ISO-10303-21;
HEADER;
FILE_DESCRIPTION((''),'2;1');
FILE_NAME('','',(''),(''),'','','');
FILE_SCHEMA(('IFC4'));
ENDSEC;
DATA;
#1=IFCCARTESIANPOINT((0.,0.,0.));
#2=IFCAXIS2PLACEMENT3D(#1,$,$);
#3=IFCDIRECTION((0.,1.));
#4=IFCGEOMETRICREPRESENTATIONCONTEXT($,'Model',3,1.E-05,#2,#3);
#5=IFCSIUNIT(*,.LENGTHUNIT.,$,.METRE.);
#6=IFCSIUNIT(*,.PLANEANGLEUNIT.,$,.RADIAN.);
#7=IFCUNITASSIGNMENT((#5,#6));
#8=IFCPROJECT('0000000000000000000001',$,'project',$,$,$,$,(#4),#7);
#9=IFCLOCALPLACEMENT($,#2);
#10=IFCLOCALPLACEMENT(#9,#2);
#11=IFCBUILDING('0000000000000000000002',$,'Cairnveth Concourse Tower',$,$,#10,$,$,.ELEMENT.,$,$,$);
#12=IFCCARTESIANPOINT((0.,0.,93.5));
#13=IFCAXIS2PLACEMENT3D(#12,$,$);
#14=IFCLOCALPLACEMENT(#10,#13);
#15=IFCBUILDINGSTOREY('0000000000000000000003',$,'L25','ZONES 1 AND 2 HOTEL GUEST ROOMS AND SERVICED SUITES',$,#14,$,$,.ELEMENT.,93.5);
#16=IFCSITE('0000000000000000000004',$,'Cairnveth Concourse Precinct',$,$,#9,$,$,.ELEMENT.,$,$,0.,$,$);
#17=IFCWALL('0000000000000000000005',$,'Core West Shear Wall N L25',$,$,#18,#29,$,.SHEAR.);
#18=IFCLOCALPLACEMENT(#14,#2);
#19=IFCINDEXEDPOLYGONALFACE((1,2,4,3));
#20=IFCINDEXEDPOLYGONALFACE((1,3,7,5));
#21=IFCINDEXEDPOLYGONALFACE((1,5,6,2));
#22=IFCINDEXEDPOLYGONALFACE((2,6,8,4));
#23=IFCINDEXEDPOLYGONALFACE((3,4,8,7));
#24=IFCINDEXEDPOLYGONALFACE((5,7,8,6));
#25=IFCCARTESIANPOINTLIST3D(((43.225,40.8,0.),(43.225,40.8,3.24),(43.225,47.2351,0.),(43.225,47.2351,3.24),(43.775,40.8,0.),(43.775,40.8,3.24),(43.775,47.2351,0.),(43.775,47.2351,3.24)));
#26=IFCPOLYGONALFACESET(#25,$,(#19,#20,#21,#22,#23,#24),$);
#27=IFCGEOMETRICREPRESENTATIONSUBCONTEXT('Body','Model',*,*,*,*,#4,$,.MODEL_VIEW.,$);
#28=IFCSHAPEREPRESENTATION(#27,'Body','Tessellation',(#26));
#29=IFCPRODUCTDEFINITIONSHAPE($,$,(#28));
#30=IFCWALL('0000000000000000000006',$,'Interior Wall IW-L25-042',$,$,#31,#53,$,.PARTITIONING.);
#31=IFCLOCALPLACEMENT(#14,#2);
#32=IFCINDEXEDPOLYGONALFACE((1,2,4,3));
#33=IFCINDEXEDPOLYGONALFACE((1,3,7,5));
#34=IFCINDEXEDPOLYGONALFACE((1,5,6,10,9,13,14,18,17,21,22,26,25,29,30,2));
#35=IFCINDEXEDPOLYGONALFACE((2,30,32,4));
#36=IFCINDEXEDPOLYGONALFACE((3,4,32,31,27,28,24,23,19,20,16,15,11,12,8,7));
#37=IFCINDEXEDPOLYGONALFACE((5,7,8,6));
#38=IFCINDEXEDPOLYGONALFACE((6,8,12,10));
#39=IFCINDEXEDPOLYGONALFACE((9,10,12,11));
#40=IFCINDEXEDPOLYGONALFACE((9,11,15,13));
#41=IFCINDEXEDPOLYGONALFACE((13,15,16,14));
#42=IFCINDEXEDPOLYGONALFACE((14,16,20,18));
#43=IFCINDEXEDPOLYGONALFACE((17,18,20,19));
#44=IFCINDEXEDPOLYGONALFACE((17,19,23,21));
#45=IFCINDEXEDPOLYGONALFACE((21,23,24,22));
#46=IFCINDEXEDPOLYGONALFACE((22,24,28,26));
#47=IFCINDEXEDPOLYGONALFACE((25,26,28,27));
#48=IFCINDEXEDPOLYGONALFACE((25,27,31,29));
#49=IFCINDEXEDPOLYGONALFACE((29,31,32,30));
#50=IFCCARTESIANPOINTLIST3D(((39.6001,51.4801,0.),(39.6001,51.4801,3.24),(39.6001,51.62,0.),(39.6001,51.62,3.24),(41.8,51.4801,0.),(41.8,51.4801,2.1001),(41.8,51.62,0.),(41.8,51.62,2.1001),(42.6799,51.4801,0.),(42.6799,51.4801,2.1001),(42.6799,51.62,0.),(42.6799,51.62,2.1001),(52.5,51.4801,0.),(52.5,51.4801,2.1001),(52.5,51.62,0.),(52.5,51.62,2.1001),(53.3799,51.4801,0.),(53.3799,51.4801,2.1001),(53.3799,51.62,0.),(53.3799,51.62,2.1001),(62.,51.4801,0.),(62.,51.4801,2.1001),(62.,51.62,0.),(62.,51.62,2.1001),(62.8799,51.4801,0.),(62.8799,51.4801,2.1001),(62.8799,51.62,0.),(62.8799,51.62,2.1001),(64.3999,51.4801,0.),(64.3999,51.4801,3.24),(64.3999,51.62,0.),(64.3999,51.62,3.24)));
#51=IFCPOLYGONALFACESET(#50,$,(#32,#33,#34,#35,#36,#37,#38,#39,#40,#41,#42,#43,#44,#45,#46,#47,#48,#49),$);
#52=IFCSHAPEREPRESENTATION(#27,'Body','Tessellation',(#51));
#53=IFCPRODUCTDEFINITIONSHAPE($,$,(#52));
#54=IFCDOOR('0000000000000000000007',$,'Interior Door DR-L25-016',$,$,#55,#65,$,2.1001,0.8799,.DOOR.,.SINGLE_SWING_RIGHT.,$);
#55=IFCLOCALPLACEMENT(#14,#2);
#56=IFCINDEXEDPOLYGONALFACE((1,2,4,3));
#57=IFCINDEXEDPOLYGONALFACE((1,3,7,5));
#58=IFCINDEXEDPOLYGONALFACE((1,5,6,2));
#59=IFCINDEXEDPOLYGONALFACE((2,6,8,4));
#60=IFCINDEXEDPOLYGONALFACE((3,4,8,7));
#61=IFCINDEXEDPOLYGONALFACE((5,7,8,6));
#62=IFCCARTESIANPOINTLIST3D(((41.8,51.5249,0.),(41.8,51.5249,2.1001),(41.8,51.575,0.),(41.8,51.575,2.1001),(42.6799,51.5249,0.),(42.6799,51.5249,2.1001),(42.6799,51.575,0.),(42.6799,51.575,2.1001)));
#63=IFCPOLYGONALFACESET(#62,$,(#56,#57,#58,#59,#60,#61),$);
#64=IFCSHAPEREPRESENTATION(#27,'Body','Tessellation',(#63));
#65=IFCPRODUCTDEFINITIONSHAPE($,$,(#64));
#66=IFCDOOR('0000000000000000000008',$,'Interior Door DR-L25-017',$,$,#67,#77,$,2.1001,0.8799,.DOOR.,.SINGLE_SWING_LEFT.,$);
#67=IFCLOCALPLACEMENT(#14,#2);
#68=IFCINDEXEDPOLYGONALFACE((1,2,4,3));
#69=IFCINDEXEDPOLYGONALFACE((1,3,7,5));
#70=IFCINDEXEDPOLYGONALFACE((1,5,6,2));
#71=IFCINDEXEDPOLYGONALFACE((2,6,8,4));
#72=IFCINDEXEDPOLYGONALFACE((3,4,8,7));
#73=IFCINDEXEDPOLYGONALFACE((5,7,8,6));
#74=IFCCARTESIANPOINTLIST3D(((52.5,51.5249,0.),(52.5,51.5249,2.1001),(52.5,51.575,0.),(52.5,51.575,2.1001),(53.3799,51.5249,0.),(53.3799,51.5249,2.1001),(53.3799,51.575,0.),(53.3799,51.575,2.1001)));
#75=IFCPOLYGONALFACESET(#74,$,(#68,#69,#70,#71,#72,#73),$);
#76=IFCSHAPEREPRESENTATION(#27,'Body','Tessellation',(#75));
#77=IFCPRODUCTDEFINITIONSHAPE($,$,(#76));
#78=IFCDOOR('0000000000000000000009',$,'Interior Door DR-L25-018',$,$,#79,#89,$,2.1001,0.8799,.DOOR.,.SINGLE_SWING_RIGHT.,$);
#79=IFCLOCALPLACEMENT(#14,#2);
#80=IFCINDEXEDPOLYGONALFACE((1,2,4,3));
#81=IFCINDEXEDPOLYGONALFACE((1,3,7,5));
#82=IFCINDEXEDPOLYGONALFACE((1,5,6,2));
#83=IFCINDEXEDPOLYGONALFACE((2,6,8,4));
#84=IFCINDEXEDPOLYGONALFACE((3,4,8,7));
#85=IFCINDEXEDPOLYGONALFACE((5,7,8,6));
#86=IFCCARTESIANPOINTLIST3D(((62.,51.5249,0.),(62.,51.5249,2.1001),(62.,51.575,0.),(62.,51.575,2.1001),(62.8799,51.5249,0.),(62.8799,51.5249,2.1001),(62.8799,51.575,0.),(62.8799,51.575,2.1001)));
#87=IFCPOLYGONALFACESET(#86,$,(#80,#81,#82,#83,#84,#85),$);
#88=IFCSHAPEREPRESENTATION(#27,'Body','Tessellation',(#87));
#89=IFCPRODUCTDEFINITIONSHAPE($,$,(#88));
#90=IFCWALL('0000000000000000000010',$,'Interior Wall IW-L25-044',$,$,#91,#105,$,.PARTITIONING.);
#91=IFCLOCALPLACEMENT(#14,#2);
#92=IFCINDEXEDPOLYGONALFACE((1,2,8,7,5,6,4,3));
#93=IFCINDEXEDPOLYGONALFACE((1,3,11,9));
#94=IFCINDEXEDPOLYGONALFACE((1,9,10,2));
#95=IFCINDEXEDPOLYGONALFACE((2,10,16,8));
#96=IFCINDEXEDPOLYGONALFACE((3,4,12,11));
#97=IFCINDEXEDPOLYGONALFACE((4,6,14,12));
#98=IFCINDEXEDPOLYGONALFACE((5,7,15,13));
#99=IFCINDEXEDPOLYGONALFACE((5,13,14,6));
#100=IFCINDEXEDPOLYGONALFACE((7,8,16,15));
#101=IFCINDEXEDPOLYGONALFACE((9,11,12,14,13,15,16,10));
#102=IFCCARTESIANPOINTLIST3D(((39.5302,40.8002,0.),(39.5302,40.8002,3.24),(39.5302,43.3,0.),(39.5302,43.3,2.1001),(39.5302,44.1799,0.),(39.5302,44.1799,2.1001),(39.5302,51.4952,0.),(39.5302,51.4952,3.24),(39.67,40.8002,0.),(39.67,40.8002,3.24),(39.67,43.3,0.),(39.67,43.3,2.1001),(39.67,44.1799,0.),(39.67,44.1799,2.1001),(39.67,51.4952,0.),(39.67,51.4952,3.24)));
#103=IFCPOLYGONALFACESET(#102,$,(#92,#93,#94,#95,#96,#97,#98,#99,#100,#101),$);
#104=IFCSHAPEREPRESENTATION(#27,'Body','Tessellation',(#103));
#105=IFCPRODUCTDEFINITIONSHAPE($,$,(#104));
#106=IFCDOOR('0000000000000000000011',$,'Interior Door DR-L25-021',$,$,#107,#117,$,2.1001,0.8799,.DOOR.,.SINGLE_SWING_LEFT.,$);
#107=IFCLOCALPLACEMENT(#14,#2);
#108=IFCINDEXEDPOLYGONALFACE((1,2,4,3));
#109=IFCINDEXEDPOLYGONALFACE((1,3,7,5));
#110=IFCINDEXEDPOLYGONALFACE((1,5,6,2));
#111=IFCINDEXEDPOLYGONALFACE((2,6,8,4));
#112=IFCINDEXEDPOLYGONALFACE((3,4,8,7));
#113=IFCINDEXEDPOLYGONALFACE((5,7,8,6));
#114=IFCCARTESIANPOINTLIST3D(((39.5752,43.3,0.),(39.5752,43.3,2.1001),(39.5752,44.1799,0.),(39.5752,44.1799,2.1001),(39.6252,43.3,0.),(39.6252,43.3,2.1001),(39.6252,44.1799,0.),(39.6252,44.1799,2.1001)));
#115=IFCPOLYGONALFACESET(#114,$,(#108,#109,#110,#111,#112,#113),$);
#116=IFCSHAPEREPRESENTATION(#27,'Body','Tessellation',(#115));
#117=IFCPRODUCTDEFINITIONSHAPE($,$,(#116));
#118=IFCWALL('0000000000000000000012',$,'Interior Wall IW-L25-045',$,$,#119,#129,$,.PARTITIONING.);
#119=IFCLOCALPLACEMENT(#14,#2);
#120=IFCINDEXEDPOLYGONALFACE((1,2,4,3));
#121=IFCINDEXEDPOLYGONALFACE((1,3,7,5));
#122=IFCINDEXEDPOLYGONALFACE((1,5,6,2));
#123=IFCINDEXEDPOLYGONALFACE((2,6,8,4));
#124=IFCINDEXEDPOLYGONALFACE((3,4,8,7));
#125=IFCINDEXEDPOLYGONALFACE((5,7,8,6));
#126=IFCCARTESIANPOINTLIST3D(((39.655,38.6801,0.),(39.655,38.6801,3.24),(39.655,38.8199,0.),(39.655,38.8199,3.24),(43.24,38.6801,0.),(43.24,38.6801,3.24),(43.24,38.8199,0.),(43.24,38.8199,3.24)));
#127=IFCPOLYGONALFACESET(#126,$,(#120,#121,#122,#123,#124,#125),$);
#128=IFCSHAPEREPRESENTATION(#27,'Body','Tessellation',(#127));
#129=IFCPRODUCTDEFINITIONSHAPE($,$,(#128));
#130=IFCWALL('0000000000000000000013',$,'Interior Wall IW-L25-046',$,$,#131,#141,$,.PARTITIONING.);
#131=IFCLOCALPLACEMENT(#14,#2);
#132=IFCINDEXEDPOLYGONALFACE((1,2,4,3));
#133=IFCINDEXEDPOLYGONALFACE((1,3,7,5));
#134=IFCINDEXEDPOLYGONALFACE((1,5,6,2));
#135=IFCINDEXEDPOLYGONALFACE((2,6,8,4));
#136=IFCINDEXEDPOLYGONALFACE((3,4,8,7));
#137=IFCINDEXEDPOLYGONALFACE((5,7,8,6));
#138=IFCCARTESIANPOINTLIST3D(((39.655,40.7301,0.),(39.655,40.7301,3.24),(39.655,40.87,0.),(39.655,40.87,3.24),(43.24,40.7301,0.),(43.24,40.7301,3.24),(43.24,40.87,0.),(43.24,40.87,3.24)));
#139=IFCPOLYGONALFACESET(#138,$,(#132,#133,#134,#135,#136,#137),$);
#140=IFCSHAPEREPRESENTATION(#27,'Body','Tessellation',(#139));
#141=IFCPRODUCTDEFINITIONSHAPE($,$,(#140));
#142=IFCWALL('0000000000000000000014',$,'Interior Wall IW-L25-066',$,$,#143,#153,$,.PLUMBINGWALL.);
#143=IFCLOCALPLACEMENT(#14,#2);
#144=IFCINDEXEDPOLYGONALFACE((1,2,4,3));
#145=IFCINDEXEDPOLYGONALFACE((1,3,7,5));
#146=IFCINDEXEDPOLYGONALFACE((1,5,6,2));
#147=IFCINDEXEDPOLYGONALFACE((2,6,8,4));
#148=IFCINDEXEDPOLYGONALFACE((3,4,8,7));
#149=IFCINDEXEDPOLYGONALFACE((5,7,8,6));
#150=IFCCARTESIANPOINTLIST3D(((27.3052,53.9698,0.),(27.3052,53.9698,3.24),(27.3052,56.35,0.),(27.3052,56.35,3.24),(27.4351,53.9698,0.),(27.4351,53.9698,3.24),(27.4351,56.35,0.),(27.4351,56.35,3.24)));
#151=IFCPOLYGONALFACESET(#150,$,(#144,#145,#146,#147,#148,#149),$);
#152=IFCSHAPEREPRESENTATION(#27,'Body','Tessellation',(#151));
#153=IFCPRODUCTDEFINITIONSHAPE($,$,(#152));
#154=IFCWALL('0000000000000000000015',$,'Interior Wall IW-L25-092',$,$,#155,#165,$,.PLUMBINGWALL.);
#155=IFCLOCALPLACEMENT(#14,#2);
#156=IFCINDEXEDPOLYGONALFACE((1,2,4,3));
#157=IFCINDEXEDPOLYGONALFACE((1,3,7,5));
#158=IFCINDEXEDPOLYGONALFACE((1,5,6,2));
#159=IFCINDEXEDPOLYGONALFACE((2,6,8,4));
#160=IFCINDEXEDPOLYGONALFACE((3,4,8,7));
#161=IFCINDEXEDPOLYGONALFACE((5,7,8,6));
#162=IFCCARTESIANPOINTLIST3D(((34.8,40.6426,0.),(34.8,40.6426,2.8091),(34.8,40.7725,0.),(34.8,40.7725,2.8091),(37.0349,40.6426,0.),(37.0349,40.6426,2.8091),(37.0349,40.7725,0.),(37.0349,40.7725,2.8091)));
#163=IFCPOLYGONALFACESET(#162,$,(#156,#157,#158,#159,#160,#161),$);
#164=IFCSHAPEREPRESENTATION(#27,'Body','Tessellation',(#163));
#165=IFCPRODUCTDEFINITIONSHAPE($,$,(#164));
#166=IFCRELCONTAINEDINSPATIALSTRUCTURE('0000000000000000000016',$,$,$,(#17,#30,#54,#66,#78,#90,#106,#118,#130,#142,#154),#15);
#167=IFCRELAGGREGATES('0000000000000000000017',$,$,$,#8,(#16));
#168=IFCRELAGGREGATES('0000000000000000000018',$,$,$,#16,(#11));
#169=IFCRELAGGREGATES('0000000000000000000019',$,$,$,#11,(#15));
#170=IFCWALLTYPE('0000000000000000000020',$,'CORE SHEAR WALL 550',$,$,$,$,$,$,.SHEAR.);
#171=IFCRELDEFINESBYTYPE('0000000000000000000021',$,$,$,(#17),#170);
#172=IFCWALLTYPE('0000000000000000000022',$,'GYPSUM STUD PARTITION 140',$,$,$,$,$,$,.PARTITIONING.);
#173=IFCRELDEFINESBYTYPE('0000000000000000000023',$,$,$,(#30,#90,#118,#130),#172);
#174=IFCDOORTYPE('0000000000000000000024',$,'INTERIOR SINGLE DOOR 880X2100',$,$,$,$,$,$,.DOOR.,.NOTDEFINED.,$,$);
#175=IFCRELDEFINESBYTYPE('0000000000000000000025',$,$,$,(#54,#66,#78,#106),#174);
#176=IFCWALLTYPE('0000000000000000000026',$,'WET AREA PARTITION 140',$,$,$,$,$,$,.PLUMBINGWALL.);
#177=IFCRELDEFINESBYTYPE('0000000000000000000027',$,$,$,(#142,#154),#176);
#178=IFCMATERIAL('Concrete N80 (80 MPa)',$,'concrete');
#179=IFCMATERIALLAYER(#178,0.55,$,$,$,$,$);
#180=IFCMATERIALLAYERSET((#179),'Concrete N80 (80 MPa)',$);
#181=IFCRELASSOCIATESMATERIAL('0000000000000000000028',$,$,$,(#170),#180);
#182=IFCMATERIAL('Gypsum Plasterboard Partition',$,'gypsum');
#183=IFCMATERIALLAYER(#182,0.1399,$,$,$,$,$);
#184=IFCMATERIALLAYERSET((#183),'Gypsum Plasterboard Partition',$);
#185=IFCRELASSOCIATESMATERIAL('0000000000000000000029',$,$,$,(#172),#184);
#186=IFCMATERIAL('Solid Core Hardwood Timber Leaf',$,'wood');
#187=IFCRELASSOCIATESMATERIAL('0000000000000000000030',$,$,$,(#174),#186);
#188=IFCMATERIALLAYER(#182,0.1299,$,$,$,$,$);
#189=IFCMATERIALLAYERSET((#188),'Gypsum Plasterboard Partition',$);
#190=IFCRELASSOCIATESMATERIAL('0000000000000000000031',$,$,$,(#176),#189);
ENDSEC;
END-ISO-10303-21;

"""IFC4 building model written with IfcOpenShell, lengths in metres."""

from ifc_helpers import new_model, si_unit, direction, frame, frame_2d, origin, place, context, subcontext, project, spatial, rectangle, extrude, material, layer, layer_set, type_object, element, fill, save


model = new_model("IFC4")

# Units and contexts
model_context = context("Model", 3, precision=1e-05, world=origin(), true_north=direction((0.0, 1.0)))
body_context = subcontext(model_context, "Body", "Model", "MODEL_VIEW")
ifc_project = project(units=[si_unit("LENGTHUNIT", "METRE"), si_unit("PLANEANGLEUNIT", "RADIAN")], contexts=[model_context])

# Site, building, storey
site_placement = place(None, origin())
site = spatial("IfcSite", under=ifc_project, at=site_placement, Name="Cairnveth Concourse Precinct", CompositionType="ELEMENT", RefElevation=0.0)
building_placement = place(site_placement, origin())
building = spatial("IfcBuilding", under=site, at=building_placement, Name="Cairnveth Concourse Tower", CompositionType="ELEMENT")
storey_placement = place(building_placement, frame((0.0, 0.0, 93.5)))
storey = spatial("IfcBuildingStorey", under=building, at=storey_placement, Name="L25", Description="ZONES 1 AND 2 HOTEL GUEST ROOMS AND SERVICED SUITES", CompositionType="ELEMENT", Elevation=93.5)

# Shared definitions
ifc_material_1 = material(Name="Concrete N80 (80 MPa)", Category="concrete")

# Wall
ifc_material_2 = material(Name="Gypsum Plasterboard Partition", Category="gypsum")
ifc_layer_1 = layer(ifc_material_1, 0.55)
ifc_layer_set_1 = layer_set([ifc_layer_1], Name="Concrete N80 (80 MPa)")
wall_type_1 = type_object("IfcWallType", Name="CORE SHEAR WALL 550", PredefinedType="SHEAR", material=ifc_layer_set_1)
wall_1_placement = place(storey_placement, frame((43.5, 40.8, 0.0), z_axis=(0.0, 0.0, 1.0), x_axis=(0.0, 1.0, 0.0)))
element("IfcWall", 1, at=wall_1_placement, inside=storey, type_object=wall_type_1, Name="Core West Shear Wall N L25", PredefinedType="SHEAR", context=body_context, shape_type="SweptSolid", body=[
    extrude(rectangle(XDim=6.4351, YDim=0.55, at=frame_2d((3.2175, 0.0))), origin(), (0.0, 0.0, 1.0), 3.24),
])

# Wall, openings, doors
ifc_layer_2 = layer(ifc_material_2, 0.1399)
ifc_layer_set_2 = layer_set([ifc_layer_2], Name="Gypsum Plasterboard Partition")
wall_type_2 = type_object("IfcWallType", Name="GYPSUM STUD PARTITION 140", PredefinedType="PARTITIONING", material=ifc_layer_set_2)
wall_2_placement = place(storey_placement, frame((39.6001, 51.55, 0.0), z_axis=(0.0, 0.0, 1.0), x_axis=(1.0, 0.0, 0.0)))
wall_2 = element("IfcWall", 2, at=wall_2_placement, inside=storey, type_object=wall_type_2, Name="Interior Wall IW-L25-042", PredefinedType="PARTITIONING", context=body_context, shape_type="SweptSolid", body=[
    extrude(rectangle(XDim=24.7998, YDim=0.1399, at=frame_2d((12.3999, 0.0))), origin(), (0.0, 0.0, 1.0), 3.24),
])
opening_1_placement = place(wall_2_placement, frame((2.2, 0.0, 0.0)))
opening_1 = element("IfcOpeningElement", 3, at=opening_1_placement, cuts=wall_2, PredefinedType="OPENING", context=body_context, shape_type="SweptSolid", body=[
    extrude(rectangle(XDim=0.8799, YDim=2.1001, at=frame_2d((0.4399, 1.05))), frame((0.0, 0.0798, 0.0), z_axis=(0.0, -1.0, 0.0), x_axis=(1.0, 0.0, 0.0)), (0.0, 0.0, 1.0), 0.1599),
])
opening_2_placement = place(wall_2_placement, frame((12.8999, 0.0, 0.0)))
opening_2 = element("IfcOpeningElement", 4, at=opening_2_placement, cuts=wall_2, PredefinedType="OPENING", context=body_context, shape_type="SweptSolid", body=[
    extrude(rectangle(XDim=0.8799, YDim=2.1001, at=frame_2d((0.4399, 1.05))), frame((0.0, 0.0798, 0.0), z_axis=(0.0, -1.0, 0.0), x_axis=(1.0, 0.0, 0.0)), (0.0, 0.0, 1.0), 0.1599),
])
opening_3_placement = place(wall_2_placement, frame((22.3999, 0.0, 0.0)))
opening_3 = element("IfcOpeningElement", 5, at=opening_3_placement, cuts=wall_2, PredefinedType="OPENING", context=body_context, shape_type="SweptSolid", body=[
    extrude(rectangle(XDim=0.8799, YDim=2.1001, at=frame_2d((0.4399, 1.05))), frame((0.0, 0.0798, 0.0), z_axis=(0.0, -1.0, 0.0), x_axis=(1.0, 0.0, 0.0)), (0.0, 0.0, 1.0), 0.1599),
])
ifc_material_3 = material(Name="Solid Core Hardwood Timber Leaf", Category="wood")
door_type_1 = type_object("IfcDoorType", Name="INTERIOR SINGLE DOOR 880X2100", OperationType="NOTDEFINED", PredefinedType="DOOR", material=ifc_material_3)
door_1_placement = place(opening_1_placement, origin())
door_1 = element("IfcDoor", 6, at=door_1_placement, inside=storey, type_object=door_type_1, Name="Interior Door DR-L25-016", OperationType="SINGLE_SWING_RIGHT", OverallHeight=2.1001, OverallWidth=0.8799, PredefinedType="DOOR", context=body_context, shape_type="SweptSolid", body=[
    extrude(rectangle(XDim=0.8799, YDim=2.1001, at=frame_2d((0.4399, 1.05))), frame((0.0, 0.0249, 0.0), z_axis=(0.0, -1.0, 0.0), x_axis=(1.0, 0.0, 0.0)), (0.0, 0.0, 1.0), 0.05),
])
fill(opening_1, door_1)
door_2_placement = place(opening_2_placement, origin())
door_2 = element("IfcDoor", 7, at=door_2_placement, inside=storey, type_object=door_type_1, Name="Interior Door DR-L25-017", OperationType="SINGLE_SWING_LEFT", OverallHeight=2.1001, OverallWidth=0.8799, PredefinedType="DOOR", context=body_context, shape_type="SweptSolid", body=[
    extrude(rectangle(XDim=0.8799, YDim=2.1001, at=frame_2d((0.4399, 1.05))), frame((0.0, 0.0249, 0.0), z_axis=(0.0, -1.0, 0.0), x_axis=(1.0, 0.0, 0.0)), (0.0, 0.0, 1.0), 0.05),
])
fill(opening_2, door_2)
door_3_placement = place(opening_3_placement, origin())
door_3 = element("IfcDoor", 8, at=door_3_placement, inside=storey, type_object=door_type_1, Name="Interior Door DR-L25-018", OperationType="SINGLE_SWING_RIGHT", OverallHeight=2.1001, OverallWidth=0.8799, PredefinedType="DOOR", context=body_context, shape_type="SweptSolid", body=[
    extrude(rectangle(XDim=0.8799, YDim=2.1001, at=frame_2d((0.4399, 1.05))), frame((0.0, 0.0249, 0.0), z_axis=(0.0, -1.0, 0.0), x_axis=(1.0, 0.0, 0.0)), (0.0, 0.0, 1.0), 0.05),
])
fill(opening_3, door_3)

# Wall, opening, door
wall_3_placement = place(storey_placement, frame((39.6001, 40.8, 0.0), z_axis=(0.0, 0.0, 1.0), x_axis=(0.0, 1.0, 0.0)))
wall_3 = element("IfcWall", 9, at=wall_3_placement, inside=storey, type_object=wall_type_2, Name="Interior Wall IW-L25-044", PredefinedType="PARTITIONING", context=body_context, shape_type="SweptSolid", body=[
    extrude(rectangle(XDim=10.6951, YDim=0.1399, at=frame_2d((5.3477, 0.0))), origin(), (0.0, 0.0, 1.0), 3.24),
])
opening_4_placement = place(wall_3_placement, frame((2.5, 0.0, 0.0)))
opening_4 = element("IfcOpeningElement", 10, at=opening_4_placement, cuts=wall_3, PredefinedType="OPENING", context=body_context, shape_type="SweptSolid", body=[
    extrude(rectangle(XDim=0.8799, YDim=2.1001, at=frame_2d((0.4399, 1.05))), frame((0.0, 0.0798, 0.0), z_axis=(0.0, -1.0, 0.0), x_axis=(1.0, 0.0, 0.0)), (0.0, 0.0, 1.0), 0.1599),
])
door_4_placement = place(opening_4_placement, origin())
door_4 = element("IfcDoor", 11, at=door_4_placement, inside=storey, type_object=door_type_1, Name="Interior Door DR-L25-021", OperationType="SINGLE_SWING_LEFT", OverallHeight=2.1001, OverallWidth=0.8799, PredefinedType="DOOR", context=body_context, shape_type="SweptSolid", body=[
    extrude(rectangle(XDim=0.8799, YDim=2.1001, at=frame_2d((0.4399, 1.05))), frame((0.0, 0.0249, 0.0), z_axis=(0.0, -1.0, 0.0), x_axis=(1.0, 0.0, 0.0)), (0.0, 0.0, 1.0), 0.05),
])
fill(opening_4, door_4)

# Walls
for number, where, z_axis, x_axis, name in (
    (12, (39.655, 38.75, 0.0), (0.0, 0.0, 1.0), (1.0, 0.0, 0.0), "Interior Wall IW-L25-045"),
    (13, (39.655, 40.8, 0.0), (0.0, 0.0, 1.0), (1.0, 0.0, 0.0), "Interior Wall IW-L25-046"),
):
    element("IfcWall", number, at=place(storey_placement, frame(where, z_axis=z_axis, x_axis=x_axis)), inside=storey, type_object=wall_type_2, Name=name, PredefinedType="PARTITIONING", context=body_context, shape_type="SweptSolid", body=[
        extrude(rectangle(XDim=3.585, YDim=0.1399, at=frame_2d((1.7925, 0.0))), origin(), (0.0, 0.0, 1.0), 3.24),
    ])
ifc_layer_3 = layer(ifc_material_2, 0.1299)
ifc_layer_set_3 = layer_set([ifc_layer_3], Name="Gypsum Plasterboard Partition")
wall_type_3 = type_object("IfcWallType", Name="WET AREA PARTITION 140", PredefinedType="PLUMBINGWALL", material=ifc_layer_set_3)
wall_4_placement = place(storey_placement, frame((27.3701, 53.97, 0.0), z_axis=(0.0, 0.0, 1.0), x_axis=(0.0, 1.0, 0.0)))
element("IfcWall", 14, at=wall_4_placement, inside=storey, type_object=wall_type_3, Name="Interior Wall IW-L25-066", PredefinedType="PLUMBINGWALL", context=body_context, shape_type="SweptSolid", body=[
    extrude(rectangle(XDim=2.3801, YDim=0.1299, at=frame_2d((1.1899, 0.0))), origin(), (0.0, 0.0, 1.0), 3.24),
])
wall_5_placement = place(storey_placement, frame((34.8, 40.7075, 0.0), z_axis=(0.0, 0.0, 1.0), x_axis=(1.0, 0.0, 0.0)))
element("IfcWall", 15, at=wall_5_placement, inside=storey, type_object=wall_type_3, Name="Interior Wall IW-L25-092", PredefinedType="PLUMBINGWALL", context=body_context, shape_type="SweptSolid", body=[
    extrude(rectangle(XDim=2.2349, YDim=0.1299, at=frame_2d((1.1174, 0.0))), origin(), (0.0, 0.0, 1.0), 2.8091),
])

save(model, "model.ifc")
